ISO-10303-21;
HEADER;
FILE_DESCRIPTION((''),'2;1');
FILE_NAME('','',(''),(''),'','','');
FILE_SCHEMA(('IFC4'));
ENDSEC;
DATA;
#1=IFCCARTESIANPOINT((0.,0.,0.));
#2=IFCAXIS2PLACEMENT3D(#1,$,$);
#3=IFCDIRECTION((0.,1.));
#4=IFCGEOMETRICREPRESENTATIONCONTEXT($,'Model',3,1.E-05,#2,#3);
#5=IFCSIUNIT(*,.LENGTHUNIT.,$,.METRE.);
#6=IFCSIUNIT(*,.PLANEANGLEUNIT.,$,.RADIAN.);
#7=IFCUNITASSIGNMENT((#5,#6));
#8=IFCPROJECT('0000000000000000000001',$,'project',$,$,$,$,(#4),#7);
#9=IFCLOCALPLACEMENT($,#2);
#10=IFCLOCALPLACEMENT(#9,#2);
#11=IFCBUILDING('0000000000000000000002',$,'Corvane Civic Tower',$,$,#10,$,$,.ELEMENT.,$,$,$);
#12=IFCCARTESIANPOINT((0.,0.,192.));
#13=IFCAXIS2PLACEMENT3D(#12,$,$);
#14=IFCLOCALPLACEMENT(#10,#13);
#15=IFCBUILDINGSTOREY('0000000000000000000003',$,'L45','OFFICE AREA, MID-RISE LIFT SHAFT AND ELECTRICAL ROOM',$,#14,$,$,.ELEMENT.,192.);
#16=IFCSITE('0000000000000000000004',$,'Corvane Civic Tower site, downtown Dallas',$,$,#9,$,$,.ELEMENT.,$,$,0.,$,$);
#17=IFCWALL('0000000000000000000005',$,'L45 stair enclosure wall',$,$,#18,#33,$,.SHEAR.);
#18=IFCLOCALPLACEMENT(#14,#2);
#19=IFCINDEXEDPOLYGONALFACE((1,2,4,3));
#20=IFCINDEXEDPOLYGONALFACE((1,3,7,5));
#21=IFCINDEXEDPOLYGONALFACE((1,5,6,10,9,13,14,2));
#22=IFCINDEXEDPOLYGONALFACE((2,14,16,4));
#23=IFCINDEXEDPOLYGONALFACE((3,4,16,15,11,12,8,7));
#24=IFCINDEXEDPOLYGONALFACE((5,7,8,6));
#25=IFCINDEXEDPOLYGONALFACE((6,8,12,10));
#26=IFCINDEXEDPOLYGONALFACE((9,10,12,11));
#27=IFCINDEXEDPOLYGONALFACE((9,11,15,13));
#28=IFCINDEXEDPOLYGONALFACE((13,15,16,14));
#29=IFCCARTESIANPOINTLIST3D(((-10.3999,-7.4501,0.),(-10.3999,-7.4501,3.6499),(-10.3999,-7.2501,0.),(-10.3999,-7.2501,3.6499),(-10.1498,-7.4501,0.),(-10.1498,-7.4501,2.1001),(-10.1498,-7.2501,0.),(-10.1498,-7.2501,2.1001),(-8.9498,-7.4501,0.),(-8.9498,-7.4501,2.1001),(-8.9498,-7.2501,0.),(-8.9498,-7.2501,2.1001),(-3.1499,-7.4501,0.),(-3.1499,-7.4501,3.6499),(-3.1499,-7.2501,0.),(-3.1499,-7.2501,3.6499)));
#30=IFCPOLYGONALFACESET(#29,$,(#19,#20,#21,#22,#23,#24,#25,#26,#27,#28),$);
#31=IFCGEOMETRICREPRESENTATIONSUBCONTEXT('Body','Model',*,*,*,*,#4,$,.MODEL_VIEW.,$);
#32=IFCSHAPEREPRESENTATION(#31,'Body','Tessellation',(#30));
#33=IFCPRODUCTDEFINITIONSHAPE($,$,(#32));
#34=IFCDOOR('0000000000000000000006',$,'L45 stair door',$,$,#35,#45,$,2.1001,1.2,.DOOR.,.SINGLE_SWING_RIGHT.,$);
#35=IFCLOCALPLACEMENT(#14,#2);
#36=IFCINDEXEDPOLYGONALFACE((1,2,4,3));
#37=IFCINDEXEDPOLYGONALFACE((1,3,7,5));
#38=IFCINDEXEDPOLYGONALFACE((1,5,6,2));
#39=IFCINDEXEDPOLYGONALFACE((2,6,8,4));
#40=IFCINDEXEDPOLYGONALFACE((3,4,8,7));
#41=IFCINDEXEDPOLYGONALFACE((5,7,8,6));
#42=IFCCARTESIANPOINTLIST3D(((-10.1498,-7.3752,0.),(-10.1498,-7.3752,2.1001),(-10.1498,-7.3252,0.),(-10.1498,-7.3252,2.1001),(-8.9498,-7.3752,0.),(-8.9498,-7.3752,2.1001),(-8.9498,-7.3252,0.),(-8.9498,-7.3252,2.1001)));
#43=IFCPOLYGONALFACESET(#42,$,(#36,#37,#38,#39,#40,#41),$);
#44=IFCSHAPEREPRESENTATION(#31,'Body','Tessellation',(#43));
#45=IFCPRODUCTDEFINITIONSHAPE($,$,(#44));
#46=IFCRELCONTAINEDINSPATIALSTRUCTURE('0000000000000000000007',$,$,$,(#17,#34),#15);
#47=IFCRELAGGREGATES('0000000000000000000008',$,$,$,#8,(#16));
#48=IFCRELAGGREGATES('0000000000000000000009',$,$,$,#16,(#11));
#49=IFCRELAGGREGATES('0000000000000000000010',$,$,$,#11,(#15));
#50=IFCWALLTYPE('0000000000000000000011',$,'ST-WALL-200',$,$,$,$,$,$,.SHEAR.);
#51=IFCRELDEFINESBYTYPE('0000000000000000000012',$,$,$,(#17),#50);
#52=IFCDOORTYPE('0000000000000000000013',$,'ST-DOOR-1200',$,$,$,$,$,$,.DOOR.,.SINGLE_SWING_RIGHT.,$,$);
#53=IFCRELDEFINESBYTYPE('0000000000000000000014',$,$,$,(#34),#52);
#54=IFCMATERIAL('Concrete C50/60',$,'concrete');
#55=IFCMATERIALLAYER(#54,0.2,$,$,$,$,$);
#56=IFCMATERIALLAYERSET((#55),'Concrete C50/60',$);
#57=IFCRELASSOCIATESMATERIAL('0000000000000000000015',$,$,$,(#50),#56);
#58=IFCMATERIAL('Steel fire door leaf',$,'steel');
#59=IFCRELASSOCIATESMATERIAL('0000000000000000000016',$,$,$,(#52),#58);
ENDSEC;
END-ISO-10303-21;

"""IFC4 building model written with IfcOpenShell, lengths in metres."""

from ifc_helpers import new_model, si_unit, direction, frame, frame_2d, origin, place, context, subcontext, project, spatial, rectangle, extrude, material, layer, layer_set, type_object, element, fill, save


model = new_model("IFC4")

# Units and contexts
model_context = context("Model", 3, precision=1e-05, world=origin(), true_north=direction((0.0, 1.0)))
body_context = subcontext(model_context, "Body", "Model", "MODEL_VIEW")
ifc_project = project(units=[si_unit("LENGTHUNIT", "METRE"), si_unit("PLANEANGLEUNIT", "RADIAN")], contexts=[model_context])

# Site, building, storey
site_placement = place(None, origin())
site = spatial("IfcSite", under=ifc_project, at=site_placement, Name="Corvane Civic Tower site, downtown Dallas", CompositionType="ELEMENT", RefElevation=0.0)
building_placement = place(site_placement, origin())
building = spatial("IfcBuilding", under=site, at=building_placement, Name="Corvane Civic Tower", CompositionType="ELEMENT")
storey_placement = place(building_placement, frame((0.0, 0.0, 192.0)))
storey = spatial("IfcBuildingStorey", under=building, at=storey_placement, Name="L45", Description="OFFICE AREA, MID-RISE LIFT SHAFT AND ELECTRICAL ROOM", CompositionType="ELEMENT", Elevation=192.0)

# Wall, opening, door
ifc_material_1 = material(Name="Concrete C50/60", Category="concrete")
ifc_layer_1 = layer(ifc_material_1, 0.2)
ifc_layer_set_1 = layer_set([ifc_layer_1], Name="Concrete C50/60")
wall_type_1 = type_object("IfcWallType", Name="ST-WALL-200", PredefinedType="SHEAR", material=ifc_layer_set_1)
wall_1_placement = place(storey_placement, frame((-10.3999, -7.3501, 0.0), z_axis=(0.0, 0.0, 1.0), x_axis=(1.0, 0.0, 0.0)))
wall_1 = element("IfcWall", 1, at=wall_1_placement, inside=storey, type_object=wall_type_1, Name="L45 stair enclosure wall", PredefinedType="SHEAR", context=body_context, shape_type="SweptSolid", body=[
    extrude(rectangle(XDim=7.25, YDim=0.2, at=frame_2d((3.625, 0.0))), origin(), (0.0, 0.0, 1.0), 3.6499),
])
opening_1_placement = place(wall_1_placement, frame((0.25, 0.0, 0.0)))
opening_1 = element("IfcOpeningElement", 2, at=opening_1_placement, cuts=wall_1, PredefinedType="OPENING", context=body_context, shape_type="SweptSolid", body=[
    extrude(rectangle(XDim=1.2, YDim=2.1001, at=frame_2d((0.6001, 1.05))), frame((0.0, 0.1099, 0.0), z_axis=(0.0, -1.0, 0.0), x_axis=(1.0, 0.0, 0.0)), (0.0, 0.0, 1.0), 0.22),
])
ifc_material_2 = material(Name="Steel fire door leaf", Category="steel")
door_type_1 = type_object("IfcDoorType", Name="ST-DOOR-1200", OperationType="SINGLE_SWING_RIGHT", PredefinedType="DOOR", material=ifc_material_2)
door_1_placement = place(opening_1_placement, origin())
door_1 = element("IfcDoor", 3, at=door_1_placement, inside=storey, type_object=door_type_1, Name="L45 stair door", OperationType="SINGLE_SWING_RIGHT", OverallHeight=2.1001, OverallWidth=1.2, PredefinedType="DOOR", context=body_context, shape_type="SweptSolid", body=[
    extrude(rectangle(XDim=1.2, YDim=2.1001, at=frame_2d((0.6001, 1.05))), frame((0.0, 0.0249, 0.0), z_axis=(0.0, -1.0, 0.0), x_axis=(1.0, 0.0, 0.0)), (0.0, 0.0, 1.0), 0.05),
])
fill(opening_1, door_1)

save(model, "model.ifc")
